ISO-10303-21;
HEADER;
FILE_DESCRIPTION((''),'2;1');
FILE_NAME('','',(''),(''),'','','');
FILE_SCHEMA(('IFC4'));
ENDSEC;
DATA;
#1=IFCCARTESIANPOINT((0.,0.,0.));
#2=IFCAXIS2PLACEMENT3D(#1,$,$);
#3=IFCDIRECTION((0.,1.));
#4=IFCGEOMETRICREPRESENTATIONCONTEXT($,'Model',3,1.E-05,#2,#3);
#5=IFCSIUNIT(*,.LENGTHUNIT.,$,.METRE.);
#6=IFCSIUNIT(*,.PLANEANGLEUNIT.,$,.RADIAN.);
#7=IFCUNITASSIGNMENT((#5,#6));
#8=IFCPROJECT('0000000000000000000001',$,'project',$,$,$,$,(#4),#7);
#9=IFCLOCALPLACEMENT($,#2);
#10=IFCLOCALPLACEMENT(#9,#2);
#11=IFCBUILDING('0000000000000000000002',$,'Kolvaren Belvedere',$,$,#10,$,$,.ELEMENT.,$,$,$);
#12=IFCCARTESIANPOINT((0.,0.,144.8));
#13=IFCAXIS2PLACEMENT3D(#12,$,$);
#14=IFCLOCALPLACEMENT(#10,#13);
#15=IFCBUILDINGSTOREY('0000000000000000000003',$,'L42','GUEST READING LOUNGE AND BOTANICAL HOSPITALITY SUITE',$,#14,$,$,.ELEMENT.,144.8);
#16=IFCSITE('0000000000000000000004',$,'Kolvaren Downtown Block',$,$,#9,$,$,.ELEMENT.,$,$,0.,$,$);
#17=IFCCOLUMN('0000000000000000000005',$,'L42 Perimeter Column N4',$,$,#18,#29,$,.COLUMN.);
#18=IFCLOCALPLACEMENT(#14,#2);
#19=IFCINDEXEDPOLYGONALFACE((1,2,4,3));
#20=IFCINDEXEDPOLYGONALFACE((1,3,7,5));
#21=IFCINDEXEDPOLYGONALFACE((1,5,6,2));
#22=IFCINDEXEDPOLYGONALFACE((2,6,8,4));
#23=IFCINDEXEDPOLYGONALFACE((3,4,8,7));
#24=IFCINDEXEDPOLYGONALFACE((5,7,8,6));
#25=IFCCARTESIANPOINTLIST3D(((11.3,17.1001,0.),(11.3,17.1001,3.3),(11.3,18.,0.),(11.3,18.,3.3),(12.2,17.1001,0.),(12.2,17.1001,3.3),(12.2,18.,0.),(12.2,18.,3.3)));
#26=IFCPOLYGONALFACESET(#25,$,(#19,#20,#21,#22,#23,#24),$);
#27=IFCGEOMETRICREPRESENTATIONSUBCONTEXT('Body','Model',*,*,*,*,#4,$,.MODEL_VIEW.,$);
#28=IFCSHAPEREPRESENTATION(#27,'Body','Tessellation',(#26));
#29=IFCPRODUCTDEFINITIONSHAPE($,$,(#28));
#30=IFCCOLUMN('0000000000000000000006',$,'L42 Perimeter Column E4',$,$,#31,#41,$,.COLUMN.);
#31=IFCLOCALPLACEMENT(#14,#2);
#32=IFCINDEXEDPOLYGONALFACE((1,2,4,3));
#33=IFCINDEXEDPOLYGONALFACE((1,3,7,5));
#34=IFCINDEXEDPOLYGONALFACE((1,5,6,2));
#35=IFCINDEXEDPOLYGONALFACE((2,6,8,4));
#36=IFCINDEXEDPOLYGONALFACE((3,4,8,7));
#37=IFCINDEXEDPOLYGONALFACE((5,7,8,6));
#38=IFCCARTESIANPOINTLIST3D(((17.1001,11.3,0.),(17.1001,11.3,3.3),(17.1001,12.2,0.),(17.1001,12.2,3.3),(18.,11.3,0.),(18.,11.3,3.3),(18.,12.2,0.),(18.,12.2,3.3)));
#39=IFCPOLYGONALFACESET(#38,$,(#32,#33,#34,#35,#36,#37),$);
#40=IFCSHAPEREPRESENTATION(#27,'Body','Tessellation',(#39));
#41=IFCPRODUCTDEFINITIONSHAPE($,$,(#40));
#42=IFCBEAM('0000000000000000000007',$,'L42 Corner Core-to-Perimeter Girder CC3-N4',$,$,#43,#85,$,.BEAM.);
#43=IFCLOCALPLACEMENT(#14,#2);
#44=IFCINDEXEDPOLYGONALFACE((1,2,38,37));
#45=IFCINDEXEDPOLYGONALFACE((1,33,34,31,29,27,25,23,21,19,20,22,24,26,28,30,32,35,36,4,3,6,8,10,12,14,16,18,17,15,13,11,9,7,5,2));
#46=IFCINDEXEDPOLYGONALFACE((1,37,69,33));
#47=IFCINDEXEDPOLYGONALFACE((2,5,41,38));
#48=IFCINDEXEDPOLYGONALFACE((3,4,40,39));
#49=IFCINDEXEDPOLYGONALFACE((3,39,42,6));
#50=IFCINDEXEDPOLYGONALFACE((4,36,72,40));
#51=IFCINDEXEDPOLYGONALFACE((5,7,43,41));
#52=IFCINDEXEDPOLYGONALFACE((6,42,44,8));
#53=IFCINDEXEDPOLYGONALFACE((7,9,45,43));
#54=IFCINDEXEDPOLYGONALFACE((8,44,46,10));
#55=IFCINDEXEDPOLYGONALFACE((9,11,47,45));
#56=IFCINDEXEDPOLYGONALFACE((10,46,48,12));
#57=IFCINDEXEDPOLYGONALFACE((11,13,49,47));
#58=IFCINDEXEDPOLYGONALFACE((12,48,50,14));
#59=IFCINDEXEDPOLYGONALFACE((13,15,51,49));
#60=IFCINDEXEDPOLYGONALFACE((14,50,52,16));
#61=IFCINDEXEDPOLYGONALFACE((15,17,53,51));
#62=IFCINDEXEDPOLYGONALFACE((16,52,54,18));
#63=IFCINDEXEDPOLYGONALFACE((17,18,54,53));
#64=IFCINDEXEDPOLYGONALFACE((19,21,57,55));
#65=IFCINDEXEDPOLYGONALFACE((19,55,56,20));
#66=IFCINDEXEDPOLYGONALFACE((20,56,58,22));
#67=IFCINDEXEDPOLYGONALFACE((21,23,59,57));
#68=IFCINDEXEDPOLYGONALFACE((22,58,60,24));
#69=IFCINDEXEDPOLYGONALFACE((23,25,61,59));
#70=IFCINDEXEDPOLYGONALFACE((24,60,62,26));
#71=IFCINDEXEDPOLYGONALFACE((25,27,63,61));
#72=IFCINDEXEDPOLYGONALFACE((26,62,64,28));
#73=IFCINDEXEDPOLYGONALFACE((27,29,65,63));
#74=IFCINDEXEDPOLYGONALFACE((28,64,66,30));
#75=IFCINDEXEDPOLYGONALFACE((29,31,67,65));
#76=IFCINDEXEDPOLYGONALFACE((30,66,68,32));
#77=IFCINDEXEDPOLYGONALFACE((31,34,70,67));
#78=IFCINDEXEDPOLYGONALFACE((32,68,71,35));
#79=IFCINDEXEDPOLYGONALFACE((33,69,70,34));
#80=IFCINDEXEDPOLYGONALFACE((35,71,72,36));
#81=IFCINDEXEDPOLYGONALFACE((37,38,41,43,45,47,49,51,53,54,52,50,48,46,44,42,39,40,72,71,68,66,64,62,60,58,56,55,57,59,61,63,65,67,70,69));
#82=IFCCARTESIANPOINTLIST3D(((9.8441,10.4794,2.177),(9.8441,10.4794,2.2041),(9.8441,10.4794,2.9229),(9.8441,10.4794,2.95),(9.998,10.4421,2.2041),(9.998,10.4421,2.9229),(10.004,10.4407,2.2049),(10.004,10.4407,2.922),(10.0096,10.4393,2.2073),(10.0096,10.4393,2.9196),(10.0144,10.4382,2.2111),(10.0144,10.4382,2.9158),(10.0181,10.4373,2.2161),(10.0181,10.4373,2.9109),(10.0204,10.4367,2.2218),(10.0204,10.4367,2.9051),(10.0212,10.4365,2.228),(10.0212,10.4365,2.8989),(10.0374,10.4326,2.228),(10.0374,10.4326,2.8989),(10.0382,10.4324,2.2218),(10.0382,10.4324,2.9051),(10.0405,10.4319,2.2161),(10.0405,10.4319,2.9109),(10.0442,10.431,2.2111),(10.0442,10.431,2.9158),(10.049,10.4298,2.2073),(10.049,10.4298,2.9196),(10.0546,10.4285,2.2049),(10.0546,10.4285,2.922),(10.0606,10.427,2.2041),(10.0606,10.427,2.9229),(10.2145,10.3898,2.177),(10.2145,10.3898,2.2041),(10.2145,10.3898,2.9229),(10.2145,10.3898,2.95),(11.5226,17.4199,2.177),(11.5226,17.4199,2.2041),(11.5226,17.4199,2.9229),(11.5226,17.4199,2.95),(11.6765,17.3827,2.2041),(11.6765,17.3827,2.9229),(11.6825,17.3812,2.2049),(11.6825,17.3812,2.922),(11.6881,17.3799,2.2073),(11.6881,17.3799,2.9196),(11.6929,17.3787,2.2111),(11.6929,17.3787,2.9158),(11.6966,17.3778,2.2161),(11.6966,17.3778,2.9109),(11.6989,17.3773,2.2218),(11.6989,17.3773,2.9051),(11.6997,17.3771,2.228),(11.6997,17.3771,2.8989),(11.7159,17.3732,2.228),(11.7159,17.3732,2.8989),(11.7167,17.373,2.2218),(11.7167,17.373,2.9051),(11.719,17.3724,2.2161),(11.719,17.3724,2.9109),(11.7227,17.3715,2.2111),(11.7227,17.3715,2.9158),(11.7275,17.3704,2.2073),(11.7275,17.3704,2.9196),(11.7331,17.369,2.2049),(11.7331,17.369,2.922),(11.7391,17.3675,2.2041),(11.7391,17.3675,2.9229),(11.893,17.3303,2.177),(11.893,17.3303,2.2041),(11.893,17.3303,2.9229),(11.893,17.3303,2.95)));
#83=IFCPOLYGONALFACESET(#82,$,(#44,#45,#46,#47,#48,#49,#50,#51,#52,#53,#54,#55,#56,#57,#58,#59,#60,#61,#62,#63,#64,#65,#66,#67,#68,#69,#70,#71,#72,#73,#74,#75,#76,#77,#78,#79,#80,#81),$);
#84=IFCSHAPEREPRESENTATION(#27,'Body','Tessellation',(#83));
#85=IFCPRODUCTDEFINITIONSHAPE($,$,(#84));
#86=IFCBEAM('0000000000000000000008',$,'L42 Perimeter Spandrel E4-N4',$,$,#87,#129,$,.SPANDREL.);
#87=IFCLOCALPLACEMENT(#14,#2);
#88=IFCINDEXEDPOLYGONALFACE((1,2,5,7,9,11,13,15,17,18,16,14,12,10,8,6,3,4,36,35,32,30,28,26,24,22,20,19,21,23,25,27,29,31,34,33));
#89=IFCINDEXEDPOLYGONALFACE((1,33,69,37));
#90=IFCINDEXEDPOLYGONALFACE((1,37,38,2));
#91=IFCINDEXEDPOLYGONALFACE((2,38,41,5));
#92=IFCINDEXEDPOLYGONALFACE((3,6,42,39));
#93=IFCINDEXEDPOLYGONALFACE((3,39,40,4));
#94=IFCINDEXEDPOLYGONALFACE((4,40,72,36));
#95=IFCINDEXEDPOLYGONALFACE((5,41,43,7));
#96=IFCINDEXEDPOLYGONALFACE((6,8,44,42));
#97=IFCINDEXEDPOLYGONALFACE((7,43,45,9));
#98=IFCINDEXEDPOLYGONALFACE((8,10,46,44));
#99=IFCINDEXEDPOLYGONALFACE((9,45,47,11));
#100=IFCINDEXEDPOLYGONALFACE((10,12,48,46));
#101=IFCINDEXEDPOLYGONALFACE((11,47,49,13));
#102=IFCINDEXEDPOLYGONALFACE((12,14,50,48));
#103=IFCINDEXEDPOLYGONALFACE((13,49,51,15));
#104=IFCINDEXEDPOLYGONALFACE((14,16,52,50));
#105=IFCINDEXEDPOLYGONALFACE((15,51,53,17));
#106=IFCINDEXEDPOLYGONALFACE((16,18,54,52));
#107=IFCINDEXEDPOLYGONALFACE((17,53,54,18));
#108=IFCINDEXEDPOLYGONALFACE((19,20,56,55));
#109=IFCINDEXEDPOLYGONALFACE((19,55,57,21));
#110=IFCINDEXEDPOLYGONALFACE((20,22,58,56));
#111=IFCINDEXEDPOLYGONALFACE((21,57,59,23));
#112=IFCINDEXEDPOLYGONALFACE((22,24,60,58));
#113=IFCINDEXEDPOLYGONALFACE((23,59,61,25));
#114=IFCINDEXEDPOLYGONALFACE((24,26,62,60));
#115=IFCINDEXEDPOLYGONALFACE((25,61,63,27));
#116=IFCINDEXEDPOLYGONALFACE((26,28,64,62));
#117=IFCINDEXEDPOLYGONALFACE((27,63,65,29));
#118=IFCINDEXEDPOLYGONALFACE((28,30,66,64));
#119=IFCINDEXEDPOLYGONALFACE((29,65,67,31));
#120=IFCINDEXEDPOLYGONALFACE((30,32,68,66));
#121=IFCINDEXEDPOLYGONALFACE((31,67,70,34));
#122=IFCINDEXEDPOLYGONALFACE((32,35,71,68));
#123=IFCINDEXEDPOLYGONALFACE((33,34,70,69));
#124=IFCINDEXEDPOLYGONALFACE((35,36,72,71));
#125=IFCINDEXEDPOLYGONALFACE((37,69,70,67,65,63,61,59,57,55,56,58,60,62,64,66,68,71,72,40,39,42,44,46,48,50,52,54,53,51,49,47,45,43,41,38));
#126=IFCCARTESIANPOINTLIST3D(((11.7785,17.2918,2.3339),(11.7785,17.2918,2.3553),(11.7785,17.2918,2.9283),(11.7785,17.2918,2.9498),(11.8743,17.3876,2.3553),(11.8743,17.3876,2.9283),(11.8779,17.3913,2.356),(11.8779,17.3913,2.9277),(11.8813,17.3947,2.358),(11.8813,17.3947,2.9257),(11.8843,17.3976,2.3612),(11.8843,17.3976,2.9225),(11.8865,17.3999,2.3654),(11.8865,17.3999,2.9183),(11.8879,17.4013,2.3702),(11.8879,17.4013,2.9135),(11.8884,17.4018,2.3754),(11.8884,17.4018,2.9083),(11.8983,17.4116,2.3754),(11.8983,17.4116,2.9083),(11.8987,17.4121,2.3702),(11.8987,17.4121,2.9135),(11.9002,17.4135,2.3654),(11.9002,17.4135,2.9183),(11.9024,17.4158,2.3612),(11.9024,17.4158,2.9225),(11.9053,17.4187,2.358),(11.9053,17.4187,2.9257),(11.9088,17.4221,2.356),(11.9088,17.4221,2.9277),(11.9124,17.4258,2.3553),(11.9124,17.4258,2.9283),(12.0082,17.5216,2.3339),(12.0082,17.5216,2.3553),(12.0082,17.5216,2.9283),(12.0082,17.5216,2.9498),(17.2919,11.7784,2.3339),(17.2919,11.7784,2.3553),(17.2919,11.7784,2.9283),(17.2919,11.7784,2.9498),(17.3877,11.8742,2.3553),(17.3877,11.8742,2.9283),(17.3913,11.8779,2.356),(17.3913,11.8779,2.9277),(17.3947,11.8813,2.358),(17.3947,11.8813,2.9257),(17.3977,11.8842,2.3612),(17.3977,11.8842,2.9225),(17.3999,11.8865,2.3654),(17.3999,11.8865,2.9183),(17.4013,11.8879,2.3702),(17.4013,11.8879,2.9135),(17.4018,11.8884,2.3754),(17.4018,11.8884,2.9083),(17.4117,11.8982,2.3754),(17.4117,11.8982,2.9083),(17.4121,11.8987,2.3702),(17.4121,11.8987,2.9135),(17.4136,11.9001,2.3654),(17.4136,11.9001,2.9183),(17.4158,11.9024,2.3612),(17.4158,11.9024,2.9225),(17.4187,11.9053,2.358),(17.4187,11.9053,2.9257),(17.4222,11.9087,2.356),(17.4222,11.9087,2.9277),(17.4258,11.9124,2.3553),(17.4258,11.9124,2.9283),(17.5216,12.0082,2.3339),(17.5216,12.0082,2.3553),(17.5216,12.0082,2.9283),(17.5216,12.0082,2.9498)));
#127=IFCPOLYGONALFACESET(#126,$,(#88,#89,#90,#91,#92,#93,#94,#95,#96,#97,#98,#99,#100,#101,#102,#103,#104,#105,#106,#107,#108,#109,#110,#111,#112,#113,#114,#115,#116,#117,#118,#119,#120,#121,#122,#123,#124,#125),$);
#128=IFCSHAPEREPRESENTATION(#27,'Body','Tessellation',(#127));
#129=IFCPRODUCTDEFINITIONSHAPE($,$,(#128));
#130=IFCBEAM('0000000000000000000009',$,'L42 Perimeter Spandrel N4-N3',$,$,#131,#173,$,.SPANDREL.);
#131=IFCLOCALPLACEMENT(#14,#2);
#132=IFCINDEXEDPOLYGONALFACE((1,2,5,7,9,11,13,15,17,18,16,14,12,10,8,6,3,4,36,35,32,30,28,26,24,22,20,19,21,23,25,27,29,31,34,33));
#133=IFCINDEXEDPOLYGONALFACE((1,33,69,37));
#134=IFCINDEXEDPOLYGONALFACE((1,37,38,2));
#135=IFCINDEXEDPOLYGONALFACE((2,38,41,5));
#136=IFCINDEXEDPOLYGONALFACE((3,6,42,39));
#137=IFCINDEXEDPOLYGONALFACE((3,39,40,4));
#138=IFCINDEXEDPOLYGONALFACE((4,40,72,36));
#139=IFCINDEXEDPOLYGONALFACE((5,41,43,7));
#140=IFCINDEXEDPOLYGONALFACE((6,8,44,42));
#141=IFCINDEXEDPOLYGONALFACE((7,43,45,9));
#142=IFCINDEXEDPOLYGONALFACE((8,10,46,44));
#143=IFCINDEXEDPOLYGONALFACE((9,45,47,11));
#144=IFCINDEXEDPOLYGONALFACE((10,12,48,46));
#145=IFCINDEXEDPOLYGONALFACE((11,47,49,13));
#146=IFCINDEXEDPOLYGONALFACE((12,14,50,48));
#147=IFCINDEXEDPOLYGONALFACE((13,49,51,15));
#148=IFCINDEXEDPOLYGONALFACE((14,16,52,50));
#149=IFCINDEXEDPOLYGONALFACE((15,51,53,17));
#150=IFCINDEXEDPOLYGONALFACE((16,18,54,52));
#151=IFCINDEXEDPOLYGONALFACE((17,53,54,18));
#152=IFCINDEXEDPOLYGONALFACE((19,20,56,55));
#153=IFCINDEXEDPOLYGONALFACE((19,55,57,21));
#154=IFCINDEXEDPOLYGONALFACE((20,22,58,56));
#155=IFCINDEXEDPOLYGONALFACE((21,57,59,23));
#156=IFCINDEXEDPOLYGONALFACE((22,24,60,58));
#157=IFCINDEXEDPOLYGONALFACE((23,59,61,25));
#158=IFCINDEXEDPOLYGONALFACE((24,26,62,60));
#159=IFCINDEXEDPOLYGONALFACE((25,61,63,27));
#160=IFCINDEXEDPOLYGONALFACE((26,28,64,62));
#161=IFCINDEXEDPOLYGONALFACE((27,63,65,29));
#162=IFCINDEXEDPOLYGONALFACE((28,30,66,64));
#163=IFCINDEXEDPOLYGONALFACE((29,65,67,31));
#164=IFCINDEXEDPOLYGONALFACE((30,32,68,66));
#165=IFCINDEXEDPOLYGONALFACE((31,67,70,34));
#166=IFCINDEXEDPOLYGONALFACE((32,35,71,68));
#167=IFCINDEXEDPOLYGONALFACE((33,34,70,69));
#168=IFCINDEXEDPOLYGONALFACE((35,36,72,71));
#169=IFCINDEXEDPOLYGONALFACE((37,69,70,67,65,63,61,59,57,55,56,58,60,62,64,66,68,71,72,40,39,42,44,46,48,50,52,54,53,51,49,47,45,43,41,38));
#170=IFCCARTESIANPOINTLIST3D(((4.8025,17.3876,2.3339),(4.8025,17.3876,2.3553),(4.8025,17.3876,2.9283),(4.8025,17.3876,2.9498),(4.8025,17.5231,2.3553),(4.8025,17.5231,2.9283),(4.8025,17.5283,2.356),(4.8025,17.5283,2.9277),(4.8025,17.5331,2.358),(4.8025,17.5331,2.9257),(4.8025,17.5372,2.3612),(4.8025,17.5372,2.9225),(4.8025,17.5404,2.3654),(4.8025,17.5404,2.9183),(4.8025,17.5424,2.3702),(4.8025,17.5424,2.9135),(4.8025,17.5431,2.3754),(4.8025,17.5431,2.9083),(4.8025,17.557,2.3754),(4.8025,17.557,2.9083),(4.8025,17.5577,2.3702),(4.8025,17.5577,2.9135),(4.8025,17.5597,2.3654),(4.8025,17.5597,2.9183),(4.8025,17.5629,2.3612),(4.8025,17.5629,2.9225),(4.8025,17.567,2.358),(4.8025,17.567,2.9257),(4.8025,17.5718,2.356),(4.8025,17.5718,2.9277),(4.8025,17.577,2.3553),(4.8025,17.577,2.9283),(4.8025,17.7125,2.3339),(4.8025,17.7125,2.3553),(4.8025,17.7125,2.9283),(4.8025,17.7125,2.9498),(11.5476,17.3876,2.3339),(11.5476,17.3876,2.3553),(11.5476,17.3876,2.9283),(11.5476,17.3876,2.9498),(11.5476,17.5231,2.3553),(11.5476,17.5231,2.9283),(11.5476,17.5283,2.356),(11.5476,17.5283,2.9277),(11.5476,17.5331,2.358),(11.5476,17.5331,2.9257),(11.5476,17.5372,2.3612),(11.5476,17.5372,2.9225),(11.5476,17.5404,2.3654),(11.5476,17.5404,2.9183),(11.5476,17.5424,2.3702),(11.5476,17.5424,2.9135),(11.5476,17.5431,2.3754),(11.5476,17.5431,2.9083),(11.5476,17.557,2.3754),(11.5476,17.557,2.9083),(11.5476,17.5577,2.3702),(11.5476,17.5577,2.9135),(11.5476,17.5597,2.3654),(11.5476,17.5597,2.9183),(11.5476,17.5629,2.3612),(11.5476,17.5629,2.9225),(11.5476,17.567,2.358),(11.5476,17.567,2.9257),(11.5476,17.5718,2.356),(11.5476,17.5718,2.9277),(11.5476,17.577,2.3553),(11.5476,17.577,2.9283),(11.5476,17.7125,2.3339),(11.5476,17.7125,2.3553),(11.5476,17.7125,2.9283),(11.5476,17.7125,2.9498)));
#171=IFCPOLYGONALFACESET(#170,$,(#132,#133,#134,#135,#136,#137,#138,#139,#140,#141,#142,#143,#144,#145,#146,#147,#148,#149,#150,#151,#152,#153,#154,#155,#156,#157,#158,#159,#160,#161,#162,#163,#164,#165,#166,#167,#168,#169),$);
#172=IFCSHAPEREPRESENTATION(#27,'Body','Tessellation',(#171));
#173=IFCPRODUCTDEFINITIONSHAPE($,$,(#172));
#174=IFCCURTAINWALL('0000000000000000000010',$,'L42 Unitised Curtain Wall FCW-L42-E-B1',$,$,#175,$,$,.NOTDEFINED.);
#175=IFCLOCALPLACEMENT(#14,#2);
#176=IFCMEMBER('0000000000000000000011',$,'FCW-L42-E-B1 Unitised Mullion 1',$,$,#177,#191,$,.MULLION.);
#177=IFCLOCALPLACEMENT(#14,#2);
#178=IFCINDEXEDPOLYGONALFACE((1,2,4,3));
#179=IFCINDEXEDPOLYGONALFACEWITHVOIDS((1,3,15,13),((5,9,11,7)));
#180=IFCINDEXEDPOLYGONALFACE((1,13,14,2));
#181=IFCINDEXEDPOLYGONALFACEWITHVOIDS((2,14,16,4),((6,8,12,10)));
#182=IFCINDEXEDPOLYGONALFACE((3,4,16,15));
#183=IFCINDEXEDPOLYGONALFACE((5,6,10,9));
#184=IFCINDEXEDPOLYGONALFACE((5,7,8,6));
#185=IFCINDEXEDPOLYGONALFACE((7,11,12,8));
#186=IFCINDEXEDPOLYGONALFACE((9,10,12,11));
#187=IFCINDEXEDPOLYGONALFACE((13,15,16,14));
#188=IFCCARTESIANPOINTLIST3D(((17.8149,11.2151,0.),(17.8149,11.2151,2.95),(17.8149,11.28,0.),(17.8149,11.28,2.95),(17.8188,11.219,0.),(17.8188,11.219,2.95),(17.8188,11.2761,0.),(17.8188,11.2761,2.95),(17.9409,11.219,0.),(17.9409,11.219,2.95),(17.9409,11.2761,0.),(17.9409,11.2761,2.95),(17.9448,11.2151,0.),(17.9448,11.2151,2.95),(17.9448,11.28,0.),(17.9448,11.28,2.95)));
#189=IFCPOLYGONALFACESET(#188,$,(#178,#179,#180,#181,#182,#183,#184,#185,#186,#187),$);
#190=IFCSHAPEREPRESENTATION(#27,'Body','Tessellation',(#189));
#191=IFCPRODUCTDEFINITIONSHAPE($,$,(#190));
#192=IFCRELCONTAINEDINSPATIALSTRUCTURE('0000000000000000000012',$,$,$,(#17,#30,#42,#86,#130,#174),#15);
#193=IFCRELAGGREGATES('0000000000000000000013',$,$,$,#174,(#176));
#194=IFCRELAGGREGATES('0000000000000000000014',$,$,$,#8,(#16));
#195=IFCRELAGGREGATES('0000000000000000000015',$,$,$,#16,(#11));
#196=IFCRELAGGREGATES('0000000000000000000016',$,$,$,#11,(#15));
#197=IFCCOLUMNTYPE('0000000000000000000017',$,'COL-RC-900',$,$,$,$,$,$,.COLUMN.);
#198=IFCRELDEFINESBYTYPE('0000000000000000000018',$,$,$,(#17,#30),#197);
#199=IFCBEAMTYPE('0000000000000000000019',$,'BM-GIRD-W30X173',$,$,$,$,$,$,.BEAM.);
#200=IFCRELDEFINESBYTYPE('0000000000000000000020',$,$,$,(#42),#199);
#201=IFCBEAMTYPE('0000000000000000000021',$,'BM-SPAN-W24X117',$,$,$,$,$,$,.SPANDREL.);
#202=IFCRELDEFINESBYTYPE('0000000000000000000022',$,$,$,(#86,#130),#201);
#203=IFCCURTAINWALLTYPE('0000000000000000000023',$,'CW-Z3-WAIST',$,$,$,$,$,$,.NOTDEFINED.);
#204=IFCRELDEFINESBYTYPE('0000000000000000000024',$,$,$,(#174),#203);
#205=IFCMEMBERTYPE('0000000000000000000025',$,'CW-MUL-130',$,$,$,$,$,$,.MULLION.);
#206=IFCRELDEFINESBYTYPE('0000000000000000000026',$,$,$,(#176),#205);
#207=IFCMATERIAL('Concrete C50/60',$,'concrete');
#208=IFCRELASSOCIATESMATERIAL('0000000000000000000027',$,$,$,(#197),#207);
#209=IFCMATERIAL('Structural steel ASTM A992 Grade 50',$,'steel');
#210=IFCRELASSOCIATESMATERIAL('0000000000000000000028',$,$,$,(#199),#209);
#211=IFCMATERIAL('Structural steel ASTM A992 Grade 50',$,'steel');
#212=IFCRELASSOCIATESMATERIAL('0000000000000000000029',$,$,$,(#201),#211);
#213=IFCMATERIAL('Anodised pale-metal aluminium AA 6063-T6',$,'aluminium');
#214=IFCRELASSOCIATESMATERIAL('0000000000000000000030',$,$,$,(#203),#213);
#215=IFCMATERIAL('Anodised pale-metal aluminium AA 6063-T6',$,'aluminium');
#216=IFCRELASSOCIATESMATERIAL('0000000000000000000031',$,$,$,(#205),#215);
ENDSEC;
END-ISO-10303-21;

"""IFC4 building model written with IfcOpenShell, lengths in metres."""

from ifc_helpers import new_model, si_unit, direction, frame, origin, origin_2d, place, context, subcontext, project, spatial, rectangle, hollow_rectangle, i_section, extrude, material, material_profile, profile_set, type_object, element, aggregate, save


model = new_model("IFC4")

# Units and contexts
model_context = context("Model", 3, precision=1e-05, world=origin(), true_north=direction((0.0, 1.0)))
body_context = subcontext(model_context, "Body", "Model", "MODEL_VIEW")
ifc_project = project(units=[si_unit("LENGTHUNIT", "METRE"), si_unit("PLANEANGLEUNIT", "RADIAN")], contexts=[model_context])

# Site, building, storey
site_placement = place(None, origin())
site = spatial("IfcSite", under=ifc_project, at=site_placement, Name="Kolvaren Downtown Block", CompositionType="ELEMENT", RefElevation=0.0)
building_placement = place(site_placement, origin())
building = spatial("IfcBuilding", under=site, at=building_placement, Name="Kolvaren Belvedere", CompositionType="ELEMENT")
storey_placement = place(building_placement, frame((0.0, 0.0, 144.8)))
storey = spatial("IfcBuildingStorey", under=building, at=storey_placement, Name="L42", Description="GUEST READING LOUNGE AND BOTANICAL HOSPITALITY SUITE", CompositionType="ELEMENT", Elevation=144.8)

# Columns
ifc_material_1 = material(Name="Concrete C50/60", Category="concrete")
ifc_material_profile_1 = material_profile(ifc_material_1, rectangle(XDim=0.8999, YDim=0.8999, at=origin_2d()), Name="RC 900X900")
ifc_profile_set_1 = profile_set([ifc_material_profile_1], Name="Concrete C50/60")
column_type = type_object("IfcColumnType", Name="COL-RC-900", PredefinedType="COLUMN", material=ifc_profile_set_1)
for number, where, z_axis, x_axis, name in (
    (1, (11.75, 17.55, 0.0), (0.0, 0.0, 1.0), (1.0, 0.0, 0.0), "L42 Perimeter Column N4"),
    (2, (17.55, 11.75, 0.0), (0.0, 0.0, 1.0), (1.0, 0.0, 0.0), "L42 Perimeter Column E4"),
):
    element("IfcColumn", number, at=place(storey_placement, frame(where, z_axis=z_axis, x_axis=x_axis)), inside=storey, type_object=column_type, Name=name, PredefinedType="COLUMN", context=body_context, shape_type="SweptSolid", body=[
        extrude(rectangle(XDim=0.8999, YDim=0.8999, at=origin_2d()), origin(), (0.0, 0.0, 1.0), 3.3),
    ])

# Beams
ifc_material_2 = material(Name="Structural steel ASTM A992 Grade 50", Category="steel")
ifc_material_profile_2 = material_profile(ifc_material_2, i_section(OverallWidth=0.3811, OverallDepth=0.7729, WebThickness=0.0166, FlangeThickness=0.0271, FilletRadius=0.0239, at=origin_2d()), Name="W30X173")
ifc_profile_set_2 = profile_set([ifc_material_profile_2], Name="Structural steel ASTM A992 Grade 50")
beam_type_1 = type_object("IfcBeamType", Name="BM-GIRD-W30X173", PredefinedType="BEAM", material=ifc_profile_set_2)
beam_1_placement = place(storey_placement, frame((10.0293, 10.4346, 2.5635), z_axis=(0.235063, 0.97198, 0.0), x_axis=(-0.97198, 0.235063, 0.0)))
element("IfcBeam", 3, at=beam_1_placement, inside=storey, type_object=beam_type_1, Name="L42 Corner Core-to-Perimeter Girder CC3-N4", PredefinedType="BEAM", context=body_context, shape_type="SweptSolid", body=[
    extrude(i_section(OverallWidth=0.3811, OverallDepth=0.7729, WebThickness=0.0166, FlangeThickness=0.0271, FilletRadius=0.0239, at=origin_2d()), origin(), (0.0, 0.0, 1.0), 7.1406),
])
ifc_material_3 = material(Name="Structural steel ASTM A992 Grade 50", Category="steel")
ifc_material_profile_3 = material_profile(ifc_material_3, i_section(OverallWidth=0.325, OverallDepth=0.616, WebThickness=0.0139, FlangeThickness=0.0215, FilletRadius=0.02, at=origin_2d()), Name="W24X117")
ifc_profile_set_3 = profile_set([ifc_material_profile_3], Name="Structural steel ASTM A992 Grade 50")
beam_type_2 = type_object("IfcBeamType", Name="BM-SPAN-W24X117", PredefinedType="SPANDREL", material=ifc_profile_set_3)
beam_2_placement = place(storey_placement, frame((17.4067, 11.8933, 2.6418), z_axis=(-0.707107, 0.707107, 0.0), x_axis=(-0.707107, -0.707107, 0.0)))
element("IfcBeam", 4, at=beam_2_placement, inside=storey, type_object=beam_type_2, Name="L42 Perimeter Spandrel E4-N4", PredefinedType="SPANDREL", context=body_context, shape_type="SweptSolid", body=[
    extrude(i_section(OverallWidth=0.325, OverallDepth=0.616, WebThickness=0.0139, FlangeThickness=0.0215, FilletRadius=0.02, at=origin_2d()), origin(), (0.0, 0.0, 1.0), 7.7971),
])
beam_3_placement = place(storey_placement, frame((11.5476, 17.55, 2.6418), z_axis=(-1.0, 0.0, 0.0), x_axis=(0.0, -1.0, 0.0)))
element("IfcBeam", 5, at=beam_3_placement, inside=storey, type_object=beam_type_2, Name="L42 Perimeter Spandrel N4-N3", PredefinedType="SPANDREL", context=body_context, shape_type="SweptSolid", body=[
    extrude(i_section(OverallWidth=0.325, OverallDepth=0.616, WebThickness=0.0139, FlangeThickness=0.0215, FilletRadius=0.02, at=origin_2d()), origin(), (0.0, 0.0, 1.0), 6.7451),
])

# Curtain wall, member
ifc_material_4 = material(Name="Anodised pale-metal aluminium AA 6063-T6", Category="aluminium")
curtain_wall_type = type_object("IfcCurtainWallType", Name="CW-Z3-WAIST", PredefinedType="NOTDEFINED", material=ifc_material_4)
curtain_wall_1_placement = place(storey_placement, origin())
curtain_wall_1 = element("IfcCurtainWall", 6, at=curtain_wall_1_placement, inside=storey, type_object=curtain_wall_type, Name="L42 Unitised Curtain Wall FCW-L42-E-B1", PredefinedType="NOTDEFINED")
ifc_material_5 = material(Name="Anodised pale-metal aluminium AA 6063-T6", Category="aluminium")
ifc_material_profile_4 = material_profile(ifc_material_5, hollow_rectangle(XDim=0.0649, YDim=0.1299, WallThickness=0.0039, at=origin_2d()), Name="ALU-MUL-130X65")
ifc_profile_set_4 = profile_set([ifc_material_profile_4], Name="Anodised pale-metal aluminium AA 6063-T6")
member_type_1 = type_object("IfcMemberType", Name="CW-MUL-130", PredefinedType="MULLION", material=ifc_profile_set_4)
member_1_placement = place(storey_placement, frame((17.8799, 11.2476, 0.0), z_axis=(0.0, 0.0, 1.0), x_axis=(0.0, 1.0, 0.0)))
member_1 = element("IfcMember", 7, at=member_1_placement, type_object=member_type_1, Name="FCW-L42-E-B1 Unitised Mullion 1", PredefinedType="MULLION", context=body_context, shape_type="SweptSolid", body=[
    extrude(hollow_rectangle(XDim=0.0649, YDim=0.1299, WallThickness=0.0039, at=origin_2d()), origin(), (0.0, 0.0, 1.0), 2.95),
])

aggregate(curtain_wall_1, [member_1])

save(model, "model.ifc")
